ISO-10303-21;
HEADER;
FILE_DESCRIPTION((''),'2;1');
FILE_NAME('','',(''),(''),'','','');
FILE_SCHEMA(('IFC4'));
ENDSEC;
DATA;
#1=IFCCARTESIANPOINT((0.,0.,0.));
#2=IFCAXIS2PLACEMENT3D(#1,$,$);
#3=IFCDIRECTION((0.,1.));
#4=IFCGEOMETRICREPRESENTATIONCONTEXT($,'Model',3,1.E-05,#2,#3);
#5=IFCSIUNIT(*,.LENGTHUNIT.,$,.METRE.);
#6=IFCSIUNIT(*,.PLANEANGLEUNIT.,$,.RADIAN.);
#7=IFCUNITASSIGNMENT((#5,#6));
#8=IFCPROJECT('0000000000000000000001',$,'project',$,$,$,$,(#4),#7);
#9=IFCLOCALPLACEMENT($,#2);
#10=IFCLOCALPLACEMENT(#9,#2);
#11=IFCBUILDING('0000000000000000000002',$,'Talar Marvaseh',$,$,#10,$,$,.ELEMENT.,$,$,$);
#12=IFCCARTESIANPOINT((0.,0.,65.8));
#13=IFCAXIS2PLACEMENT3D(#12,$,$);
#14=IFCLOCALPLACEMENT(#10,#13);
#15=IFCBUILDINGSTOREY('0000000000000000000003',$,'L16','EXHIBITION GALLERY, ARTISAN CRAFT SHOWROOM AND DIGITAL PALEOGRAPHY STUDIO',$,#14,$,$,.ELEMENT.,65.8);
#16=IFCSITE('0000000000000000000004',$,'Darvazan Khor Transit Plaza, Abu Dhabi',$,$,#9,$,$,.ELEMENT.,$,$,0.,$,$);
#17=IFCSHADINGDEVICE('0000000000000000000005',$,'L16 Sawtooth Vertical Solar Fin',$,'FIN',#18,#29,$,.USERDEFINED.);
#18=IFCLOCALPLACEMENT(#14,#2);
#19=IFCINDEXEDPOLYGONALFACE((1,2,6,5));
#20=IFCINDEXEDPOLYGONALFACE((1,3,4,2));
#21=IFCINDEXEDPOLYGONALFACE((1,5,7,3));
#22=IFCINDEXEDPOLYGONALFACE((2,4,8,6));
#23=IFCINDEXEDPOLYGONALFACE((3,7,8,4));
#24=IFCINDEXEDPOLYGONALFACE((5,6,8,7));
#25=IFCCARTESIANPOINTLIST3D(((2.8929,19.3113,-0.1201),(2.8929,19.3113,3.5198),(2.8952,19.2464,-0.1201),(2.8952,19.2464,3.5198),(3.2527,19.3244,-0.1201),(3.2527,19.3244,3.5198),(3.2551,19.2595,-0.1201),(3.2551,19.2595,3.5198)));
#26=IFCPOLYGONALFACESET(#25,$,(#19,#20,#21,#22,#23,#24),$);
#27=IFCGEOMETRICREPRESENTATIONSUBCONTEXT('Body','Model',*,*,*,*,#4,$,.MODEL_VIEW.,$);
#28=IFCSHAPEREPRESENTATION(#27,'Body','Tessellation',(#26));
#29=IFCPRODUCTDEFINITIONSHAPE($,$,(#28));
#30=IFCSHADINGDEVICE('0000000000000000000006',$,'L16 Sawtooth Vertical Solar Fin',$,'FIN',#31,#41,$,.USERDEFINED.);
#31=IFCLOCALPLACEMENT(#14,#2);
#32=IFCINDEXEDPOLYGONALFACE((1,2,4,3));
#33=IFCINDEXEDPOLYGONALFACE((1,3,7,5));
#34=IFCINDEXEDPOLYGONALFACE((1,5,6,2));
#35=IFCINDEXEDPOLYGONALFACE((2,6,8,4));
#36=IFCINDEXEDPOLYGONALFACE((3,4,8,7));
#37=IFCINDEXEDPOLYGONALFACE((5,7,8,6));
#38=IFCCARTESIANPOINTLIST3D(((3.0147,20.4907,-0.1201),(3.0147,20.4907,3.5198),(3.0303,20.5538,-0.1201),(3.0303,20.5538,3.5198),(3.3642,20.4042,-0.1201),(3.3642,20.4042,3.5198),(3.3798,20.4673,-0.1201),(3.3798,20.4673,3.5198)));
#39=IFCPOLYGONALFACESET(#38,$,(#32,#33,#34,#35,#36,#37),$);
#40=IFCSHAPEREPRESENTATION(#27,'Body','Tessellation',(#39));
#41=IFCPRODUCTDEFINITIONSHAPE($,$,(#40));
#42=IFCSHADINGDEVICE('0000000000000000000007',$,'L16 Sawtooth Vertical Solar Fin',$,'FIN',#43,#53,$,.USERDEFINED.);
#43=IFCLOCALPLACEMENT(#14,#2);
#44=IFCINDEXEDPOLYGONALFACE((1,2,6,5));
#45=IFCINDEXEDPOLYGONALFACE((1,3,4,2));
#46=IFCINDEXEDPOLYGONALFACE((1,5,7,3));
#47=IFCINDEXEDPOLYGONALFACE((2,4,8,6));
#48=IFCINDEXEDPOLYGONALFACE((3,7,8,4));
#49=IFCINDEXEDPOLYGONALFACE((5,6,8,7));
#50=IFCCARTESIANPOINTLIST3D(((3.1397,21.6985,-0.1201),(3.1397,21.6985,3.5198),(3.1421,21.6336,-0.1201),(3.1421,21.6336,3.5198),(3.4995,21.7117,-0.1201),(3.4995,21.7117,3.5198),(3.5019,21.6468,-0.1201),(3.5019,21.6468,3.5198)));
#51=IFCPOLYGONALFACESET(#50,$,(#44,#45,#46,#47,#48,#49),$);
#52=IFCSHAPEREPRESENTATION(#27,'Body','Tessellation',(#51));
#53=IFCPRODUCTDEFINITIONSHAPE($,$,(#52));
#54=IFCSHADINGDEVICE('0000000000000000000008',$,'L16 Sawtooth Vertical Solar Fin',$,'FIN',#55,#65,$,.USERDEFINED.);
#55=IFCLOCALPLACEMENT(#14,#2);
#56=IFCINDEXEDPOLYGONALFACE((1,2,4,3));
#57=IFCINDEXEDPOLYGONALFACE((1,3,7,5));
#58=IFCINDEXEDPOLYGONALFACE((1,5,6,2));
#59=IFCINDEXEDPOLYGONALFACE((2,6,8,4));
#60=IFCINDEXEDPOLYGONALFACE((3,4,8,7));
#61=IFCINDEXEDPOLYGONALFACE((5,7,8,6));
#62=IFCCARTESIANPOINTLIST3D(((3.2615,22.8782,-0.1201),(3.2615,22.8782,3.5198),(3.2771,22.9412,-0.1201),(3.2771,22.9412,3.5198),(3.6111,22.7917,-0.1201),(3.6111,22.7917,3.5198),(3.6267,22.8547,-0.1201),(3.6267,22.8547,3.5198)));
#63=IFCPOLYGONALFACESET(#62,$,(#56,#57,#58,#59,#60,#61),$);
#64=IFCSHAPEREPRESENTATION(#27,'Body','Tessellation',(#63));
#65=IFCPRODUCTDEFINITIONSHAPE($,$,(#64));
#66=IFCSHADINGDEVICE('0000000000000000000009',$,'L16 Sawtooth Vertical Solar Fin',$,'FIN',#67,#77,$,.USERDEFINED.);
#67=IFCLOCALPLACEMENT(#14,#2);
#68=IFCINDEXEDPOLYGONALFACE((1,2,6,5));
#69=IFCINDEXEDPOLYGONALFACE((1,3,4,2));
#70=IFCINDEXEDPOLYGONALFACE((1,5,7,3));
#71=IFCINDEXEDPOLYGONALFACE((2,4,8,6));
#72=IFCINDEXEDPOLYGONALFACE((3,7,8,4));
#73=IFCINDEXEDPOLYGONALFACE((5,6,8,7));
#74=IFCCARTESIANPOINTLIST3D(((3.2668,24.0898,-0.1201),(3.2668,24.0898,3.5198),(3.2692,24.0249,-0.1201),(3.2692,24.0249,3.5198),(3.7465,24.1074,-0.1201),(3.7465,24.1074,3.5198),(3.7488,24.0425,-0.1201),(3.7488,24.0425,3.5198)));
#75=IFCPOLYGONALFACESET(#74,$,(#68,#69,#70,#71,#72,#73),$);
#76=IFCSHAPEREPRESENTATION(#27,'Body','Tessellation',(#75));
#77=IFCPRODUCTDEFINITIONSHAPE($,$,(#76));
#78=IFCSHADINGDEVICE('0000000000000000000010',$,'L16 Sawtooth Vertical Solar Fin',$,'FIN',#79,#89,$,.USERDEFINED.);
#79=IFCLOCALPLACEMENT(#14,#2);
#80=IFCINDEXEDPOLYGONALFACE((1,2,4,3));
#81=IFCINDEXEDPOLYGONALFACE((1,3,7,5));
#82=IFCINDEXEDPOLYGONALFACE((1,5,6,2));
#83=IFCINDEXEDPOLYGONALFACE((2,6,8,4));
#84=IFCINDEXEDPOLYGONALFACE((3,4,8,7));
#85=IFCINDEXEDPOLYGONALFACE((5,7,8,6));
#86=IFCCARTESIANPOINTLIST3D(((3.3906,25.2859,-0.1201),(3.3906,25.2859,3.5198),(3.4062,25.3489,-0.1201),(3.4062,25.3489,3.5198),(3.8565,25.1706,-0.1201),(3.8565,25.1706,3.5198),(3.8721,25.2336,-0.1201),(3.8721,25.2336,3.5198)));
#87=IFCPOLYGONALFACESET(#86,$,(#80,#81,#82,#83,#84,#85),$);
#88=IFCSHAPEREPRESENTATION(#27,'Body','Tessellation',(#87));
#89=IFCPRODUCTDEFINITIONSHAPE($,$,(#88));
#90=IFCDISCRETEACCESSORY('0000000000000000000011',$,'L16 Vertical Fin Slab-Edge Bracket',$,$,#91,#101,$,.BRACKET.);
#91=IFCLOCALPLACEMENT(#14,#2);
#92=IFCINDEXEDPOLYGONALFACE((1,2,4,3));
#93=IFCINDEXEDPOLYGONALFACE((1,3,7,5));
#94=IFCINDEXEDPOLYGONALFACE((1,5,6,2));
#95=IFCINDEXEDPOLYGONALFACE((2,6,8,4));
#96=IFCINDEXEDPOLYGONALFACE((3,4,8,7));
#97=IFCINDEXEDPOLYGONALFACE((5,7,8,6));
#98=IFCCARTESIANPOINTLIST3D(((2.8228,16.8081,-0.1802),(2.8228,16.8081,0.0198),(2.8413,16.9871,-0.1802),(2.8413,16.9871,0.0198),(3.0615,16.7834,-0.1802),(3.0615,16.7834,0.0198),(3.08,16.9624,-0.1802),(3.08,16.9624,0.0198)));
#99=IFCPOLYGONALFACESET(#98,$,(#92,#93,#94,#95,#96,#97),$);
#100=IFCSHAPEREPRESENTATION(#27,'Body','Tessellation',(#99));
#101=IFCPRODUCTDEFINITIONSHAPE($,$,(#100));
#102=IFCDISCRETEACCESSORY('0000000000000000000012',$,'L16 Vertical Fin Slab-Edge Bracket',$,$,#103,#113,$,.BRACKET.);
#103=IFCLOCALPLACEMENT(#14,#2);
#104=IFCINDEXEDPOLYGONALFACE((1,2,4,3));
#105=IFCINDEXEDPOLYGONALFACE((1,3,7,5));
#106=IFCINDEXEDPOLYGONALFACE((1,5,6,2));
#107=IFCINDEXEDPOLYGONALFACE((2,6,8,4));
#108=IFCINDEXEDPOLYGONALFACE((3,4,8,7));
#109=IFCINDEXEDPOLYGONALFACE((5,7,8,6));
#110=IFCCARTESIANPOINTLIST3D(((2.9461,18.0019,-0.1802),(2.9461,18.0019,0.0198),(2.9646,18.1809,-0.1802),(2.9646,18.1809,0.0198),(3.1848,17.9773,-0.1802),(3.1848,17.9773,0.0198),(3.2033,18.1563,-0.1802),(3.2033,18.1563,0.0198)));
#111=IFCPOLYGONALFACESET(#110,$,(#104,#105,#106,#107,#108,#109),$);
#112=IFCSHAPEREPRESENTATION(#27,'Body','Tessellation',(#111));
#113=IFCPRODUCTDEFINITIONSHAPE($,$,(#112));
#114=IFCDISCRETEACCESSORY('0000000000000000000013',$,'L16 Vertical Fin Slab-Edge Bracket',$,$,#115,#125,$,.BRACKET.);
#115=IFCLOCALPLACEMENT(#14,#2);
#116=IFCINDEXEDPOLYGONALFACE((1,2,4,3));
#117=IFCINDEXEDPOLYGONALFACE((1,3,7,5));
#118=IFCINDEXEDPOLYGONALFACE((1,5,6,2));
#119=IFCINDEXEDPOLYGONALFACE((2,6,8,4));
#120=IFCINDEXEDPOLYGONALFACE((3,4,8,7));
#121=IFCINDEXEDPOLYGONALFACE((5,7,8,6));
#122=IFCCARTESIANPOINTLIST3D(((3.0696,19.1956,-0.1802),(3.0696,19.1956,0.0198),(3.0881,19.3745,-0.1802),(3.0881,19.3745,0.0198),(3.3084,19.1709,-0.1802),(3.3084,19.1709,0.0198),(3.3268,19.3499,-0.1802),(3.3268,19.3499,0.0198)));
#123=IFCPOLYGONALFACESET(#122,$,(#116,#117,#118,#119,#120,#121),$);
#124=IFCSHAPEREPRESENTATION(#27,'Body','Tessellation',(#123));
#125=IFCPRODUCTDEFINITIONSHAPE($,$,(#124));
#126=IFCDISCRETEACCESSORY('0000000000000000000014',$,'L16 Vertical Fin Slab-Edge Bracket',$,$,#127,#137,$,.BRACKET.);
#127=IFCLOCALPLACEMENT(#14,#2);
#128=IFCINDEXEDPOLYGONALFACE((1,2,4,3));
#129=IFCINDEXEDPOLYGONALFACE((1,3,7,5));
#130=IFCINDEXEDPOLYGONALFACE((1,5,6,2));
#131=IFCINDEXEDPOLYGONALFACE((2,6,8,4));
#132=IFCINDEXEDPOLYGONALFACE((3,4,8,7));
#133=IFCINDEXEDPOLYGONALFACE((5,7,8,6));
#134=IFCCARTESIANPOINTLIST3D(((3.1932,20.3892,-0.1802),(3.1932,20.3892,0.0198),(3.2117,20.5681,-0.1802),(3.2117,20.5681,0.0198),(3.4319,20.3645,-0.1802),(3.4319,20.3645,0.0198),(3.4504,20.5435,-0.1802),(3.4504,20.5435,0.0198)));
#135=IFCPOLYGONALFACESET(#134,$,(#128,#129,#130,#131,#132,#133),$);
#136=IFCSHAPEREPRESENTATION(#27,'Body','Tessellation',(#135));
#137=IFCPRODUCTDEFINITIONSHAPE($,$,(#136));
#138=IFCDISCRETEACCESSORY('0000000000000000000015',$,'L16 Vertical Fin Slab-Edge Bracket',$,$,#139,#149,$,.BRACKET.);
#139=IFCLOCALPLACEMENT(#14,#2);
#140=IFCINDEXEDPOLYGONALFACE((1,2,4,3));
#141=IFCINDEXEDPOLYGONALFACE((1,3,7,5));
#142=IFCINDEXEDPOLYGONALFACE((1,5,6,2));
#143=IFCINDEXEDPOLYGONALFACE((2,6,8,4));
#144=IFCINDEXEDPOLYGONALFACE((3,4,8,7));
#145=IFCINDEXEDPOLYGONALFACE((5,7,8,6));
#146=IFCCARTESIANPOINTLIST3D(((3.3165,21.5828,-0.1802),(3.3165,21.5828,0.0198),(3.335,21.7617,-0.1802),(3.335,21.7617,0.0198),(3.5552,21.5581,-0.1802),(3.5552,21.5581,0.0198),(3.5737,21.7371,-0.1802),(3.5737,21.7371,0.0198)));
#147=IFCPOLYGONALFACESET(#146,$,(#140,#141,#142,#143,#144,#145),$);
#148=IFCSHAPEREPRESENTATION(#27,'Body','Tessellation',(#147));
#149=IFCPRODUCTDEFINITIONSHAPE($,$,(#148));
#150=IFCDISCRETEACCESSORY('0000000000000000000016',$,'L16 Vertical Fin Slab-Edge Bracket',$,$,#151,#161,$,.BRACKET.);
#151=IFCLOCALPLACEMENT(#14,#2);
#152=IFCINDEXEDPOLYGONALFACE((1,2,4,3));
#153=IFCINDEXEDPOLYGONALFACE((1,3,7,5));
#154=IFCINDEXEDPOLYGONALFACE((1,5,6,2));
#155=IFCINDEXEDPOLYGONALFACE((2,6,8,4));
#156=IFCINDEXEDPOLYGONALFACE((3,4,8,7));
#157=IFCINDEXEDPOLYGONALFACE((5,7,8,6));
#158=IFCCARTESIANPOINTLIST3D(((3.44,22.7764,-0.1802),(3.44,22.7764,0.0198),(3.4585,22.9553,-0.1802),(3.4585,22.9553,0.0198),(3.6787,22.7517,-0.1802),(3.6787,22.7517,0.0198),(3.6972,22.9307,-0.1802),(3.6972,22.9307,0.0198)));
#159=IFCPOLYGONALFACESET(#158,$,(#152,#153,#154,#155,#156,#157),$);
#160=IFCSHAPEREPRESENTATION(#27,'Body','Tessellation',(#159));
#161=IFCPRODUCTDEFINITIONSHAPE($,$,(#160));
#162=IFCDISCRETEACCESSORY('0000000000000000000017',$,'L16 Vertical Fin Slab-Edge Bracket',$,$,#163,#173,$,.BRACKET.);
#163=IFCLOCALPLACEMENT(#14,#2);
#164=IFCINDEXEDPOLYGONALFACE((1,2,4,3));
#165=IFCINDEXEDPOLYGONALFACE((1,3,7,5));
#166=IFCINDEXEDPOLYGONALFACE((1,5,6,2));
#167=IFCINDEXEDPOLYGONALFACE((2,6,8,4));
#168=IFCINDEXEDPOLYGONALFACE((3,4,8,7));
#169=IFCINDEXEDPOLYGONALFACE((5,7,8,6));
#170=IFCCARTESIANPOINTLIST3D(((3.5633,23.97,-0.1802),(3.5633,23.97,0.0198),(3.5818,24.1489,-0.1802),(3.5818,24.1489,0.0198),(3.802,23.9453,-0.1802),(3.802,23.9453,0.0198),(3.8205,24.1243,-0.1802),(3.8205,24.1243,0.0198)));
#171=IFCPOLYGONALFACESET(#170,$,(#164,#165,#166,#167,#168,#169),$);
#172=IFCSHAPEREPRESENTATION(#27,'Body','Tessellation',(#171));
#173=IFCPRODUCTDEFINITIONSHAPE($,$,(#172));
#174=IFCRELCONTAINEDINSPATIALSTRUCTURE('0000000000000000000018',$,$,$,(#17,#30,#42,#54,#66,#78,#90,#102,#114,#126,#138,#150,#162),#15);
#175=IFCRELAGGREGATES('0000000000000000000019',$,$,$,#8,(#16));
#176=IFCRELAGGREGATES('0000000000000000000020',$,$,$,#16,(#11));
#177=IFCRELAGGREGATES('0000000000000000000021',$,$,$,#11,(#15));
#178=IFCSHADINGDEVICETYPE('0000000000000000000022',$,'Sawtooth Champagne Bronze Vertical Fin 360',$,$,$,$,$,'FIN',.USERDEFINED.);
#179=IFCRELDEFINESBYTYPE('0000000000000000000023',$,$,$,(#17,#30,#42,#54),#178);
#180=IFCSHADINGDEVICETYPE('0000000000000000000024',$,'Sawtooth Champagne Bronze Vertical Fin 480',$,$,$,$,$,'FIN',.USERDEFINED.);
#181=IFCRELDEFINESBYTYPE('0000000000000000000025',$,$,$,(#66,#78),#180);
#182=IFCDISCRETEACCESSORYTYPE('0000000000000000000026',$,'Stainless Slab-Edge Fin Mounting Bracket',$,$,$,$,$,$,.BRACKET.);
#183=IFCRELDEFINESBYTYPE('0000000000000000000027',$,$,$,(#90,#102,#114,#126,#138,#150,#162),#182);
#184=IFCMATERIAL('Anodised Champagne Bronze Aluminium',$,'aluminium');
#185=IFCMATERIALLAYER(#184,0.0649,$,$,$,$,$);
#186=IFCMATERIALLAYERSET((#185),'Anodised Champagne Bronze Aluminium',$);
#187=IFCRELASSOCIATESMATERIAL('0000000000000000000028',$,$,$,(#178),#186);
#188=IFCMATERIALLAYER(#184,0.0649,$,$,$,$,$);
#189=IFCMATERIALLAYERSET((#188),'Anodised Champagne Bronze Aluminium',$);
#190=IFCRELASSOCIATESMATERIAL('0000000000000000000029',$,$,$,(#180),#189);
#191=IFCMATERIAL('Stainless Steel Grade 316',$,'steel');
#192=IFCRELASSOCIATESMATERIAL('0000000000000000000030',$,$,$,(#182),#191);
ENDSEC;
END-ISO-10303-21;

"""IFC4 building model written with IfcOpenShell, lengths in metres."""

from ifc_helpers import new_model, si_unit, direction, frame, origin, origin_2d, place, context, subcontext, project, spatial, rectangle, extrude, source, transform, mapped, material, layer, layer_set, type_object, type_shapes, element, save


model = new_model("IFC4")

# Units and contexts
model_context = context("Model", 3, precision=1e-05, world=origin(), true_north=direction((0.0, 1.0)))
body_context = subcontext(model_context, "Body", "Model", "MODEL_VIEW")
ifc_project = project(units=[si_unit("LENGTHUNIT", "METRE"), si_unit("PLANEANGLEUNIT", "RADIAN")], contexts=[model_context])

# Site, building, storey
site_placement = place(None, origin())
site = spatial("IfcSite", under=ifc_project, at=site_placement, Name="Darvazan Khor Transit Plaza, Abu Dhabi", CompositionType="ELEMENT", RefElevation=0.0)
building_placement = place(site_placement, origin())
building = spatial("IfcBuilding", under=site, at=building_placement, Name="Talar Marvaseh", CompositionType="ELEMENT")
storey_placement = place(building_placement, frame((0.0, 0.0, 65.8)))
storey = spatial("IfcBuildingStorey", under=building, at=storey_placement, Name="L16", Description="EXHIBITION GALLERY, ARTISAN CRAFT SHOWROOM AND DIGITAL PALEOGRAPHY STUDIO", CompositionType="ELEMENT", Elevation=65.8)

# Shading devices
ifc_material_1 = material(Name="Anodised Champagne Bronze Aluminium", Category="aluminium")
ifc_layer_1 = layer(ifc_material_1, 0.0649)
ifc_layer_set_1 = layer_set([ifc_layer_1], Name="Anodised Champagne Bronze Aluminium")
shading_device_type_1 = type_object("IfcShadingDeviceType", Name="Sawtooth Champagne Bronze Vertical Fin 360", ElementType="FIN", PredefinedType="USERDEFINED", material=ifc_layer_set_1)
shared_shape_1 = source(origin(), body_context, "Body", "SweptSolid", [
    extrude(rectangle(XDim=0.3601, YDim=0.0649, at=origin_2d()), origin(), (0.0, 0.0, 1.0), 3.6399),
])
type_shapes(shading_device_type_1, [shared_shape_1])
for number, where, z_axis, x_axis, name in (
    (1, (3.074, 19.2854, -0.1201), (0.0, 0.0, 1.0), (-0.999328, -0.036644, 0.0), "L16 Sawtooth Vertical Solar Fin"),
    (2, (3.1973, 20.479, -0.1201), (0.0, 0.0, 1.0), (-0.970716, 0.240228, 0.0), "L16 Sawtooth Vertical Solar Fin"),
    (3, (3.3208, 21.6726, -0.1201), (0.0, 0.0, 1.0), (-0.999328, -0.036644, 0.0), "L16 Sawtooth Vertical Solar Fin"),
    (4, (3.4441, 22.8665, -0.1201), (0.0, 0.0, 1.0), (-0.970716, 0.240228, 0.0), "L16 Sawtooth Vertical Solar Fin"),
):
    element("IfcShadingDevice", number, at=place(storey_placement, frame(where, z_axis=z_axis, x_axis=x_axis)), inside=storey, type_object=shading_device_type_1, Name=name, ObjectType="FIN", PredefinedType="USERDEFINED", context=body_context, shape_type="MappedRepresentation", body=[
        mapped(shared_shape_1, transform((0.0, 0.0, 0.0), x_axis=(1.0, 0.0, 0.0), y_axis=(0.0, 1.0, 0.0), z_axis=(0.0, 0.0, 1.0), scale=1.0)),
    ])
ifc_layer_2 = layer(ifc_material_1, 0.0649)
ifc_layer_set_2 = layer_set([ifc_layer_2], Name="Anodised Champagne Bronze Aluminium")
shading_device_type_2 = type_object("IfcShadingDeviceType", Name="Sawtooth Champagne Bronze Vertical Fin 480", ElementType="FIN", PredefinedType="USERDEFINED", material=ifc_layer_set_2)
shared_shape_2 = source(origin(), body_context, "Body", "SweptSolid", [
    extrude(rectangle(XDim=0.48, YDim=0.0649, at=origin_2d()), origin(), (0.0, 0.0, 1.0), 3.6399),
])
type_shapes(shading_device_type_2, [shared_shape_2])
for number, where, z_axis, x_axis, name in (
    (5, (3.5078, 24.0662, -0.1201), (0.0, 0.0, 1.0), (-0.999328, -0.036644, 0.0), "L16 Sawtooth Vertical Solar Fin"),
    (6, (3.6313, 25.2598, -0.1201), (0.0, 0.0, 1.0), (-0.970716, 0.240228, 0.0), "L16 Sawtooth Vertical Solar Fin"),
):
    element("IfcShadingDevice", number, at=place(storey_placement, frame(where, z_axis=z_axis, x_axis=x_axis)), inside=storey, type_object=shading_device_type_2, Name=name, ObjectType="FIN", PredefinedType="USERDEFINED", context=body_context, shape_type="MappedRepresentation", body=[
        mapped(shared_shape_2, transform((0.0, 0.0, 0.0), x_axis=(1.0, 0.0, 0.0), y_axis=(0.0, 1.0, 0.0), z_axis=(0.0, 0.0, 1.0), scale=1.0)),
    ])

# Discrete accessories
ifc_material_2 = material(Name="Stainless Steel Grade 316", Category="steel")
discrete_accessory_type = type_object("IfcDiscreteAccessoryType", Name="Stainless Slab-Edge Fin Mounting Bracket", PredefinedType="BRACKET", material=ifc_material_2)
shared_shape_3 = source(origin(), body_context, "Body", "SweptSolid", [
    extrude(rectangle(XDim=0.24, YDim=0.1799, at=origin_2d()), origin(), (0.0, 0.0, 1.0), 0.2),
])
type_shapes(discrete_accessory_type, [shared_shape_3])
for number, where, z_axis, x_axis, name in (
    (7, (2.9514, 16.8853, -0.1802), (0.0, 0.0, 1.0), (-0.994703, 0.102793, 0.0), "L16 Vertical Fin Slab-Edge Bracket"),
    (8, (3.0747, 18.0791, -0.1802), (0.0, 0.0, 1.0), (-0.994703, 0.102793, 0.0), "L16 Vertical Fin Slab-Edge Bracket"),
    (9, (3.1982, 19.2727, -0.1802), (0.0, 0.0, 1.0), (-0.994703, 0.102793, 0.0), "L16 Vertical Fin Slab-Edge Bracket"),
    (10, (3.3218, 20.4663, -0.1802), (0.0, 0.0, 1.0), (-0.994703, 0.102793, 0.0), "L16 Vertical Fin Slab-Edge Bracket"),
    (11, (3.4451, 21.6599, -0.1802), (0.0, 0.0, 1.0), (-0.994703, 0.102793, 0.0), "L16 Vertical Fin Slab-Edge Bracket"),
    (12, (3.5686, 22.8535, -0.1802), (0.0, 0.0, 1.0), (-0.994703, 0.102793, 0.0), "L16 Vertical Fin Slab-Edge Bracket"),
    (13, (3.6919, 24.0471, -0.1802), (0.0, 0.0, 1.0), (-0.994703, 0.102793, 0.0), "L16 Vertical Fin Slab-Edge Bracket"),
):
    element("IfcDiscreteAccessory", number, at=place(storey_placement, frame(where, z_axis=z_axis, x_axis=x_axis)), inside=storey, type_object=discrete_accessory_type, Name=name, PredefinedType="BRACKET", context=body_context, shape_type="MappedRepresentation", body=[
        mapped(shared_shape_3, transform((0.0, 0.0, 0.0), x_axis=(1.0, 0.0, 0.0), y_axis=(0.0, 1.0, 0.0), z_axis=(0.0, 0.0, 1.0), scale=1.0)),
    ])

save(model, "model.ifc")
